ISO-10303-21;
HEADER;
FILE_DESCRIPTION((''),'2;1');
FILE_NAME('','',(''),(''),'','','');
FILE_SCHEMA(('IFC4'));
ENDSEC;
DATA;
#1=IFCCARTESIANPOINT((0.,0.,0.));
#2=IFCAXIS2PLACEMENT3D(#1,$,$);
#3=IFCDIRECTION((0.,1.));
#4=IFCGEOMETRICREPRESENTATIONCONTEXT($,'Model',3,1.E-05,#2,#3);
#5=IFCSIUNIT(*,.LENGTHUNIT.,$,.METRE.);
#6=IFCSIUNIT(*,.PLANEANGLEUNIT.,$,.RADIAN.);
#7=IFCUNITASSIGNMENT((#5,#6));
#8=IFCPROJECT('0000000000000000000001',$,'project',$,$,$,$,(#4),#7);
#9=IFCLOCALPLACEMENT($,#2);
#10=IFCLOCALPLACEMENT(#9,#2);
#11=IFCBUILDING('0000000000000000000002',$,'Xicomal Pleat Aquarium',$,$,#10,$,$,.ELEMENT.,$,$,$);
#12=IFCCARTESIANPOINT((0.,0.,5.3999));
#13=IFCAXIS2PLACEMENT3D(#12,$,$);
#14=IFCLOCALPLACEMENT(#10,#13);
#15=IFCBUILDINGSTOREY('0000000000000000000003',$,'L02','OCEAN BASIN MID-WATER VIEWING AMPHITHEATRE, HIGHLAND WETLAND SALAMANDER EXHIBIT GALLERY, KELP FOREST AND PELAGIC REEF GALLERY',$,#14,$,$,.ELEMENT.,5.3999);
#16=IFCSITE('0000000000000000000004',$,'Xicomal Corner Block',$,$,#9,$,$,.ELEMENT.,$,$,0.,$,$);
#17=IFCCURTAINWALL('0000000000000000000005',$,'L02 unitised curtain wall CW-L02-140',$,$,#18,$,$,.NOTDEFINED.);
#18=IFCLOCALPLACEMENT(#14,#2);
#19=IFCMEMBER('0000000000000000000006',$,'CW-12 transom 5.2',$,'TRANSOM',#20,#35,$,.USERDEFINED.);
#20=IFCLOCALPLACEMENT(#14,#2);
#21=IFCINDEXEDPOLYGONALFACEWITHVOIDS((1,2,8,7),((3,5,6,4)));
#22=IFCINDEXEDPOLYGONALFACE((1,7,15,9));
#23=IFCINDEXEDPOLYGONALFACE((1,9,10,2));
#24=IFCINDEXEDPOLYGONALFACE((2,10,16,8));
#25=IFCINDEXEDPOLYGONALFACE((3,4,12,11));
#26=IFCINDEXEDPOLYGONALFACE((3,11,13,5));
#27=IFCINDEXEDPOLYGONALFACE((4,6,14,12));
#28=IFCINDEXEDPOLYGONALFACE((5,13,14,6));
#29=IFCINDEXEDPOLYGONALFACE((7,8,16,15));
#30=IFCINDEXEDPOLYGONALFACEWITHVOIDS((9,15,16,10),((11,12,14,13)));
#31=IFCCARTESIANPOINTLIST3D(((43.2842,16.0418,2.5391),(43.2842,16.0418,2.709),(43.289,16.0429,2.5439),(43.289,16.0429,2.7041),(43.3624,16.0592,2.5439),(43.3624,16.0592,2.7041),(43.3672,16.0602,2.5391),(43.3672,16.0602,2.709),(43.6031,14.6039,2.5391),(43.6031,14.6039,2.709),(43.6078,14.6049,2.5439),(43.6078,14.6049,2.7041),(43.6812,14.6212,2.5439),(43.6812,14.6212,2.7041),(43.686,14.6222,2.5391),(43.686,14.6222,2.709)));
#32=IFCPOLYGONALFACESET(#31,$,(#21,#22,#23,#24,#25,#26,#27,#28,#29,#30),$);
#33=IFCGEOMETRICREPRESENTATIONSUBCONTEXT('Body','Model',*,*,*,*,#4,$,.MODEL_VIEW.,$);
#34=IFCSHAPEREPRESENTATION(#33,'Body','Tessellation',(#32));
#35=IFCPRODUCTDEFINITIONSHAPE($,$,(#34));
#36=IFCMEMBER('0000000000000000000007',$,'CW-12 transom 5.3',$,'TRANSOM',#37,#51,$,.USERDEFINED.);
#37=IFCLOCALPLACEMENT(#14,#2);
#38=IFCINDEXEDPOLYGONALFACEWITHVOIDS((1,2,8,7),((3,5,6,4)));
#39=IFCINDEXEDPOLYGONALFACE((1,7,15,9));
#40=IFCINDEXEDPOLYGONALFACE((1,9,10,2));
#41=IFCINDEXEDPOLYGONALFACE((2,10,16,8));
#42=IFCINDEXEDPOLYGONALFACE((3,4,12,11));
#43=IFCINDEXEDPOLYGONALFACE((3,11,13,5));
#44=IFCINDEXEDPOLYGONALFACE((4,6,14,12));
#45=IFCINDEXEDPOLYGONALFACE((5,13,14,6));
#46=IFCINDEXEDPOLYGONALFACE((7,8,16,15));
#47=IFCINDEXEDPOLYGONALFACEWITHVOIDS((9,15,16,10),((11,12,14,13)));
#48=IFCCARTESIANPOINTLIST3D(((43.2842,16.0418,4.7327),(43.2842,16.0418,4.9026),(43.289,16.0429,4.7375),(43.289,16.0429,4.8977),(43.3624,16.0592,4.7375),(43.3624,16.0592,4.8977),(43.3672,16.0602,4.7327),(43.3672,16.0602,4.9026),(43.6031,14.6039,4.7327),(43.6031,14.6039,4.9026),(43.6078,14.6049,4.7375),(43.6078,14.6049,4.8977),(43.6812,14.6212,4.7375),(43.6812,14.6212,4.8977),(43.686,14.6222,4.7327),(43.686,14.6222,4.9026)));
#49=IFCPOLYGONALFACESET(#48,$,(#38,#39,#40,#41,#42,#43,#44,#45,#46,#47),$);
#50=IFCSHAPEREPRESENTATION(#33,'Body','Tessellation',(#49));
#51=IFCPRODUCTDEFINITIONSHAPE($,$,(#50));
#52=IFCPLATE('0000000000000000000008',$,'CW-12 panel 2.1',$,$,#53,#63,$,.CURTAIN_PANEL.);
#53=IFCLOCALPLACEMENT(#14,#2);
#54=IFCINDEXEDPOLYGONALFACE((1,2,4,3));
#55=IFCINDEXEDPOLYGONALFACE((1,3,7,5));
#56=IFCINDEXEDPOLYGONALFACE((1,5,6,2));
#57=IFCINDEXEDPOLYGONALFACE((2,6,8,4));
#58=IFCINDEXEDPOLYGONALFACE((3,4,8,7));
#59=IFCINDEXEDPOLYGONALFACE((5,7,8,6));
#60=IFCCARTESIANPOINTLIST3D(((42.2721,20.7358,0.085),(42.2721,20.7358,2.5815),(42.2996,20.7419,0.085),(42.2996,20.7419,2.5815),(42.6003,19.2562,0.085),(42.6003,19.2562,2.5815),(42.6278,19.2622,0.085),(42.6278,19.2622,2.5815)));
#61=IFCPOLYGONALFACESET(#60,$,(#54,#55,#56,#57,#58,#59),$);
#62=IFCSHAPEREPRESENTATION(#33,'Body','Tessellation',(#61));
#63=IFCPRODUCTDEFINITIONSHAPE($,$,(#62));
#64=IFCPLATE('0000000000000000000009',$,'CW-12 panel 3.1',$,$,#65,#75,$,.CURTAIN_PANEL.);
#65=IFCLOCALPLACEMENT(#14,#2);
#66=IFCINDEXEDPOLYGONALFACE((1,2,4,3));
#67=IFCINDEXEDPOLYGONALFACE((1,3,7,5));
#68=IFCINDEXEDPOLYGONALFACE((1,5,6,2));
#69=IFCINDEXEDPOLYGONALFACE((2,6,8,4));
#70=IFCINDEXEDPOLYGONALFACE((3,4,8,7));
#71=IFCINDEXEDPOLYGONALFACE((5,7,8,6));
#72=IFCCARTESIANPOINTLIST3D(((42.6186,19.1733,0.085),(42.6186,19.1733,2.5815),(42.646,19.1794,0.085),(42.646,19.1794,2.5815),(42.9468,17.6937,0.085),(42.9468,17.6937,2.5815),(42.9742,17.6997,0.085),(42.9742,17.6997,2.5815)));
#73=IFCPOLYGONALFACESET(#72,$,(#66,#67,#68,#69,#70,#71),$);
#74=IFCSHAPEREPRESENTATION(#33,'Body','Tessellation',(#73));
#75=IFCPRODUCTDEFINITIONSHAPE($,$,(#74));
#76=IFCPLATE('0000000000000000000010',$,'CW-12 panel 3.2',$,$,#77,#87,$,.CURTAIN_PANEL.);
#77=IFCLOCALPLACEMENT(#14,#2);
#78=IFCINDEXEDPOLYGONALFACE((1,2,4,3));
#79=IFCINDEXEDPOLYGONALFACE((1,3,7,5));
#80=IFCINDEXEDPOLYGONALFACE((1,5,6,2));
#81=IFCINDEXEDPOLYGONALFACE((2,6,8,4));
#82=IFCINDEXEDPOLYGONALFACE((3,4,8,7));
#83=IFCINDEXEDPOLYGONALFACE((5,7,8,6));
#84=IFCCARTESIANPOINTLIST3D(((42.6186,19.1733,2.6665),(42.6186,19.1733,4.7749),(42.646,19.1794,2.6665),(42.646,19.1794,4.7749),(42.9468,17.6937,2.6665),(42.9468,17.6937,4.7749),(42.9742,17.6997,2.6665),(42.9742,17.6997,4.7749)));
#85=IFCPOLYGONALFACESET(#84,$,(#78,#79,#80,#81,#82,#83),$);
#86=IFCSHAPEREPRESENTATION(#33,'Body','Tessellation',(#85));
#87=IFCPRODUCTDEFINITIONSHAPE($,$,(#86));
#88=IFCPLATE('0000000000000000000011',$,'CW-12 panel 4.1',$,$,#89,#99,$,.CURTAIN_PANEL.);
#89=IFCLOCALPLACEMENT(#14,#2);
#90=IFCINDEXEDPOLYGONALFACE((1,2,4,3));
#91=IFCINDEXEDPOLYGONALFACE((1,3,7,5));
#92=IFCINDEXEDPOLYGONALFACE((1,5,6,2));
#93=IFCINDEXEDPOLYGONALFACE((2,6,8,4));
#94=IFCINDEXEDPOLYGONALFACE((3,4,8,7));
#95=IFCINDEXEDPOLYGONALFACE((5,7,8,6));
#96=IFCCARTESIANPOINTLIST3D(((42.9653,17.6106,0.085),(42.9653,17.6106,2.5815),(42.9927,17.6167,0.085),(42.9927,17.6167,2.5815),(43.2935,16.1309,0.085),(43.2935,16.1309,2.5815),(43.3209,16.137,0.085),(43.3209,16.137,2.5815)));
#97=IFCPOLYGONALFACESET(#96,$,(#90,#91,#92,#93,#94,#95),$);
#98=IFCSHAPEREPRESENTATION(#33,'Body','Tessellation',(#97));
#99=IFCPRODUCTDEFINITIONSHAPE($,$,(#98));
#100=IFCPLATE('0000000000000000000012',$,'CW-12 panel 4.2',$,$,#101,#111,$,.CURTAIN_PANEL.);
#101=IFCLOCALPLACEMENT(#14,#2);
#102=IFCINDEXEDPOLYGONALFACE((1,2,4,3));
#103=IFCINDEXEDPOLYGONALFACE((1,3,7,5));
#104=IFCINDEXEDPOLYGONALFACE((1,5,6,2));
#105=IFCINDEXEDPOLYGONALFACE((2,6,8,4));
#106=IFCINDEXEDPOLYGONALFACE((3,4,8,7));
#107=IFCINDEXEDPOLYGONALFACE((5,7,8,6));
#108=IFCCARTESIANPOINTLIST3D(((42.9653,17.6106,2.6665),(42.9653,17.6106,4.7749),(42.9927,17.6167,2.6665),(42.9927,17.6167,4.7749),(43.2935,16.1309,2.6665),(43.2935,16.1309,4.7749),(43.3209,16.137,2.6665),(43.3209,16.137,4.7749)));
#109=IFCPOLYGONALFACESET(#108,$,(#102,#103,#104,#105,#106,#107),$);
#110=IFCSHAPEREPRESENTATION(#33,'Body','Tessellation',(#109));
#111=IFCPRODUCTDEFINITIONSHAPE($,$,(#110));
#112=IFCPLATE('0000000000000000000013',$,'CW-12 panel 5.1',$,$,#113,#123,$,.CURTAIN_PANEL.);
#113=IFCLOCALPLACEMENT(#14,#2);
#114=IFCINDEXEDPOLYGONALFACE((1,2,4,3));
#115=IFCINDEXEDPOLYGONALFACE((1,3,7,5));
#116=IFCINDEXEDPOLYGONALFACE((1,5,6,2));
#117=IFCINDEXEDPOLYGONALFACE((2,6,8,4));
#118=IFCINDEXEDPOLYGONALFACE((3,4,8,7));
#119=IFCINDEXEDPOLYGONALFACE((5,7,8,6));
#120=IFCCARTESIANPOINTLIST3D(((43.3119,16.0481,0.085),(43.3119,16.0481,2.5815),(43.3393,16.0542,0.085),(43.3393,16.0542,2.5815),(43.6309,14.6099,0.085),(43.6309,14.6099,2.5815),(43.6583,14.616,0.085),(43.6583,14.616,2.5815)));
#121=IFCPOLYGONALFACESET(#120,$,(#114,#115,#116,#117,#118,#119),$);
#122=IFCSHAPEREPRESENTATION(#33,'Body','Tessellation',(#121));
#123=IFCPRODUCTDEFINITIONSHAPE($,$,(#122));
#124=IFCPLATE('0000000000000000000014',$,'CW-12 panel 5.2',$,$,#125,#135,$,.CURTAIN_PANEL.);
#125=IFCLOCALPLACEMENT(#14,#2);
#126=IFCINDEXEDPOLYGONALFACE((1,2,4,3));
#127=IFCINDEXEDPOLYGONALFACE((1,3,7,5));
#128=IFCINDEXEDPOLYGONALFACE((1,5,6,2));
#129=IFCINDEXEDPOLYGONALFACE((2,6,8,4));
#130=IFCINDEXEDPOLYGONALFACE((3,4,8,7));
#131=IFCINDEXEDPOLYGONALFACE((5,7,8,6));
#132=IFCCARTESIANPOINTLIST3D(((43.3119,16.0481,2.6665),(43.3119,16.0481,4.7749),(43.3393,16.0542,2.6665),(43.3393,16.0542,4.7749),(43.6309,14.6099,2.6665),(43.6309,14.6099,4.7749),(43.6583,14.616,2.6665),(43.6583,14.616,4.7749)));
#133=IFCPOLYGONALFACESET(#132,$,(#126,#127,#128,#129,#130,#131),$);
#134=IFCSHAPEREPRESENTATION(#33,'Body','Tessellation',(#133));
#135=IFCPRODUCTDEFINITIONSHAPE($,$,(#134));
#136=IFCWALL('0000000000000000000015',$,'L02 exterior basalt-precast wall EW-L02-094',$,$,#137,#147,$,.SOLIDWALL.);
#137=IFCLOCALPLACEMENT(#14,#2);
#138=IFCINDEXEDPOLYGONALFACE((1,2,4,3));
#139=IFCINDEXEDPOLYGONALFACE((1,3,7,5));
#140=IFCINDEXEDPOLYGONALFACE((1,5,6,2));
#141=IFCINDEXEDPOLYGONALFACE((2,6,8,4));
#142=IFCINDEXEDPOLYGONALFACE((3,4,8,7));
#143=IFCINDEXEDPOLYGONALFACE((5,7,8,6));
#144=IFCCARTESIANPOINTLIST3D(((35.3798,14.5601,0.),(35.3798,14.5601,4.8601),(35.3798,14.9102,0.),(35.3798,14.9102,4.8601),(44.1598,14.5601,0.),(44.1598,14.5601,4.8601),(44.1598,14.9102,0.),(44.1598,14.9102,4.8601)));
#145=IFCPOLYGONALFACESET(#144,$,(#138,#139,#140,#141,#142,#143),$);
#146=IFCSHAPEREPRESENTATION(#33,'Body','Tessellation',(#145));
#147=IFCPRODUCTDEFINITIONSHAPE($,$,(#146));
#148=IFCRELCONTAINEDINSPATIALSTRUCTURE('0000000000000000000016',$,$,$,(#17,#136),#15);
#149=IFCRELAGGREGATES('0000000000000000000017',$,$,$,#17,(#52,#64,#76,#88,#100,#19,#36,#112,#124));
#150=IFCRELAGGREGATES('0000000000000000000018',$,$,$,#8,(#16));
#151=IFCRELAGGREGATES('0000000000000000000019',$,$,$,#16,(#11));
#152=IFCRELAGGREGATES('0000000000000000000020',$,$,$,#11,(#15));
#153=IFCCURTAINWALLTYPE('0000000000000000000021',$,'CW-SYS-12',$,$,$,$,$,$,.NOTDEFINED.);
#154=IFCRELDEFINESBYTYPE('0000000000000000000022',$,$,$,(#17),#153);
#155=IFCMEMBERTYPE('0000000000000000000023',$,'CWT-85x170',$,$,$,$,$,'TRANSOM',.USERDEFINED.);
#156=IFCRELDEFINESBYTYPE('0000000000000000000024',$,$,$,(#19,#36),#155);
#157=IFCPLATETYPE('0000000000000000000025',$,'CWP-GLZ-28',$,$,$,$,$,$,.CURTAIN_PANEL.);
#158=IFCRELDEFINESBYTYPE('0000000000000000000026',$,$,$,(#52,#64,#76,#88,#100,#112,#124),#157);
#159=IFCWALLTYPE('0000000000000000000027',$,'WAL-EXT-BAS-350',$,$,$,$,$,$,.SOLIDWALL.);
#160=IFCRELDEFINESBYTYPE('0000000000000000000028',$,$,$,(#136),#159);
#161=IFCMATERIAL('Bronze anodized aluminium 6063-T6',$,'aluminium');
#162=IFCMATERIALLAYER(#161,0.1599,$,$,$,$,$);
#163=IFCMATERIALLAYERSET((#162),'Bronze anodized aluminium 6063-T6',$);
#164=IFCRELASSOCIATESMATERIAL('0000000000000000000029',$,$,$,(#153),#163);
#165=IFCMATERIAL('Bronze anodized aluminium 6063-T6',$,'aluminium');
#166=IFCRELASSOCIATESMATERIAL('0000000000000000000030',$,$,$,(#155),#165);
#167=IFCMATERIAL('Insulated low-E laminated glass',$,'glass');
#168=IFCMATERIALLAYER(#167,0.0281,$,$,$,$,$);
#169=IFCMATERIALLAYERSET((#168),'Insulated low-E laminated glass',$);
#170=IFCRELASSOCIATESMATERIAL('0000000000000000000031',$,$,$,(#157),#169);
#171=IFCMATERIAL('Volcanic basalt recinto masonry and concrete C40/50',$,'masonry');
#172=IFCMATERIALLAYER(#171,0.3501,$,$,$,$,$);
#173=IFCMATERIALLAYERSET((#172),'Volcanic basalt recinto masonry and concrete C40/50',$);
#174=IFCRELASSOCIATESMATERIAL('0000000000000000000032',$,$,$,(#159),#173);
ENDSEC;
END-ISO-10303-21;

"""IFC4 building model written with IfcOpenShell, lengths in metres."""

from ifc_helpers import new_model, si_unit, direction, frame, frame_2d, origin, origin_2d, place, context, subcontext, project, spatial, rectangle, hollow_rectangle, extrude, material, layer, layer_set, material_profile, profile_set, type_object, element, aggregate, save


model = new_model("IFC4")

# Units and contexts
model_context = context("Model", 3, precision=1e-05, world=origin(), true_north=direction((0.0, 1.0)))
body_context = subcontext(model_context, "Body", "Model", "MODEL_VIEW")
ifc_project = project(units=[si_unit("LENGTHUNIT", "METRE"), si_unit("PLANEANGLEUNIT", "RADIAN")], contexts=[model_context])

# Site, building, storey
site_placement = place(None, origin())
site = spatial("IfcSite", under=ifc_project, at=site_placement, Name="Xicomal Corner Block", CompositionType="ELEMENT", RefElevation=0.0)
building_placement = place(site_placement, origin())
building = spatial("IfcBuilding", under=site, at=building_placement, Name="Xicomal Pleat Aquarium", CompositionType="ELEMENT")
storey_placement = place(building_placement, frame((0.0, 0.0, 5.3999)))
storey = spatial("IfcBuildingStorey", under=building, at=storey_placement, Name="L02", Description="OCEAN BASIN MID-WATER VIEWING AMPHITHEATRE, HIGHLAND WETLAND SALAMANDER EXHIBIT GALLERY, KELP FOREST AND PELAGIC REEF GALLERY", CompositionType="ELEMENT", Elevation=5.3999)

# Curtain wall, members, plates
ifc_material_1 = material(Name="Bronze anodized aluminium 6063-T6", Category="aluminium")
ifc_layer_1 = layer(ifc_material_1, 0.1599)
ifc_layer_set_1 = layer_set([ifc_layer_1], Name="Bronze anodized aluminium 6063-T6")
curtain_wall_type = type_object("IfcCurtainWallType", Name="CW-SYS-12", PredefinedType="NOTDEFINED", material=ifc_layer_set_1)
curtain_wall_placement = place(storey_placement, origin())
curtain_wall = element("IfcCurtainWall", 1, at=curtain_wall_placement, inside=storey, type_object=curtain_wall_type, Name="L02 unitised curtain wall CW-L02-140", PredefinedType="NOTDEFINED")
ifc_material_2 = material(Name="Bronze anodized aluminium 6063-T6", Category="aluminium")
ifc_material_profile_1 = material_profile(ifc_material_2, hollow_rectangle(XDim=0.085, YDim=0.1699, WallThickness=0.0049, at=origin_2d()), Name="ALU TRAN 85x170")
ifc_profile_set_1 = profile_set([ifc_material_profile_1], Name="Bronze anodized aluminium 6063-T6")
member_type_1 = type_object("IfcMemberType", Name="CWT-85x170", ElementType="TRANSOM", PredefinedType="USERDEFINED", material=ifc_profile_set_1)
member_1_placement = place(storey_placement, frame((43.3257, 16.051, 2.624), z_axis=(0.216474, -0.976288, 0.0), x_axis=(0.976288, 0.216474, 0.0)))
member_1 = element("IfcMember", 2, at=member_1_placement, type_object=member_type_1, Name="CW-12 transom 5.2", ObjectType="TRANSOM", PredefinedType="USERDEFINED", context=body_context, shape_type="SweptSolid", body=[
    extrude(hollow_rectangle(XDim=0.085, YDim=0.1699, WallThickness=0.0049, at=origin_2d()), origin(), (0.0, 0.0, 1.0), 1.4729),
])
member_2_placement = place(storey_placement, frame((43.3257, 16.051, 4.8176), z_axis=(0.216474, -0.976288, 0.0), x_axis=(0.976288, 0.216474, 0.0)))
member_2 = element("IfcMember", 3, at=member_2_placement, type_object=member_type_1, Name="CW-12 transom 5.3", ObjectType="TRANSOM", PredefinedType="USERDEFINED", context=body_context, shape_type="SweptSolid", body=[
    extrude(hollow_rectangle(XDim=0.085, YDim=0.1699, WallThickness=0.0049, at=origin_2d()), origin(), (0.0, 0.0, 1.0), 1.4729),
])
ifc_material_3 = material(Name="Insulated low-E laminated glass", Category="glass")
ifc_layer_2 = layer(ifc_material_3, 0.0281)
ifc_layer_set_2 = layer_set([ifc_layer_2], Name="Insulated low-E laminated glass")
plate_type = type_object("IfcPlateType", Name="CWP-GLZ-28", PredefinedType="CURTAIN_PANEL", material=ifc_layer_set_2)
plate_1_placement = place(storey_placement, frame((42.45, 19.999, 0.085), z_axis=(0.0, 0.0, 1.0), x_axis=(0.216547, -0.976272, 0.0)))
plate_1 = element("IfcPlate", 4, at=plate_1_placement, type_object=plate_type, Name="CW-12 panel 2.1", PredefinedType="CURTAIN_PANEL", context=body_context, shape_type="SweptSolid", body=[
    extrude(rectangle(XDim=1.5156, YDim=0.0281, at=origin_2d()), origin(), (0.0, 0.0, 1.0), 2.4966),
])
plate_2_placement = place(storey_placement, frame((42.7964, 18.4365, 0.085), z_axis=(0.0, 0.0, 1.0), x_axis=(0.216547, -0.976272, 0.0)))
plate_2 = element("IfcPlate", 5, at=plate_2_placement, type_object=plate_type, Name="CW-12 panel 3.1", PredefinedType="CURTAIN_PANEL", context=body_context, shape_type="SweptSolid", body=[
    extrude(rectangle(XDim=1.5156, YDim=0.0281, at=origin_2d()), origin(), (0.0, 0.0, 1.0), 2.4966),
])
plate_3_placement = place(storey_placement, frame((42.7964, 18.4365, 2.6665), z_axis=(0.0, 0.0, 1.0), x_axis=(0.216547, -0.976272, 0.0)))
plate_3 = element("IfcPlate", 6, at=plate_3_placement, type_object=plate_type, Name="CW-12 panel 3.2", PredefinedType="CURTAIN_PANEL", context=body_context, shape_type="SweptSolid", body=[
    extrude(rectangle(XDim=1.5156, YDim=0.0281, at=origin_2d()), origin(), (0.0, 0.0, 1.0), 2.1084),
])
plate_4_placement = place(storey_placement, frame((43.1431, 16.8738, 0.085), z_axis=(0.0, 0.0, 1.0), x_axis=(0.216547, -0.976272, 0.0)))
plate_4 = element("IfcPlate", 7, at=plate_4_placement, type_object=plate_type, Name="CW-12 panel 4.1", PredefinedType="CURTAIN_PANEL", context=body_context, shape_type="SweptSolid", body=[
    extrude(rectangle(XDim=1.5156, YDim=0.0281, at=origin_2d()), origin(), (0.0, 0.0, 1.0), 2.4966),
])
plate_5_placement = place(storey_placement, frame((43.1431, 16.8738, 2.6665), z_axis=(0.0, 0.0, 1.0), x_axis=(0.216547, -0.976272, 0.0)))
plate_5 = element("IfcPlate", 8, at=plate_5_placement, type_object=plate_type, Name="CW-12 panel 4.2", PredefinedType="CURTAIN_PANEL", context=body_context, shape_type="SweptSolid", body=[
    extrude(rectangle(XDim=1.5156, YDim=0.0281, at=origin_2d()), origin(), (0.0, 0.0, 1.0), 2.1084),
])
plate_6_placement = place(storey_placement, frame((43.4851, 15.332, 0.085), z_axis=(0.0, 0.0, 1.0), x_axis=(0.216547, -0.976272, 0.0)))
plate_6 = element("IfcPlate", 9, at=plate_6_placement, type_object=plate_type, Name="CW-12 panel 5.1", PredefinedType="CURTAIN_PANEL", context=body_context, shape_type="SweptSolid", body=[
    extrude(rectangle(XDim=1.4731, YDim=0.0281, at=origin_2d()), origin(), (0.0, 0.0, 1.0), 2.4966),
])
plate_7_placement = place(storey_placement, frame((43.4851, 15.332, 2.6665), z_axis=(0.0, 0.0, 1.0), x_axis=(0.216547, -0.976272, 0.0)))
plate_7 = element("IfcPlate", 10, at=plate_7_placement, type_object=plate_type, Name="CW-12 panel 5.2", PredefinedType="CURTAIN_PANEL", context=body_context, shape_type="SweptSolid", body=[
    extrude(rectangle(XDim=1.4731, YDim=0.0281, at=origin_2d()), origin(), (0.0, 0.0, 1.0), 2.1084),
])
aggregate(curtain_wall, [plate_1, plate_2, plate_3, plate_4, plate_5, member_1, member_2, plate_6, plate_7])

# Wall
ifc_material_4 = material(Name="Volcanic basalt recinto masonry and concrete C40/50", Category="masonry")
ifc_layer_3 = layer(ifc_material_4, 0.3501)
ifc_layer_set_3 = layer_set([ifc_layer_3], Name="Volcanic basalt recinto masonry and concrete C40/50")
wall_type = type_object("IfcWallType", Name="WAL-EXT-BAS-350", PredefinedType="SOLIDWALL", material=ifc_layer_set_3)
wall_placement = place(storey_placement, frame((44.1599, 14.7351, 0.0), z_axis=(0.0, 0.0, 1.0), x_axis=(-1.0, 0.0, 0.0)))
element("IfcWall", 11, at=wall_placement, inside=storey, type_object=wall_type, Name="L02 exterior basalt-precast wall EW-L02-094", PredefinedType="SOLIDWALL", context=body_context, shape_type="SweptSolid", body=[
    extrude(rectangle(XDim=8.78, YDim=0.3501, at=frame_2d((4.3901, 0.0))), origin(), (0.0, 0.0, 1.0), 4.8601),
])

save(model, "model.ifc")
